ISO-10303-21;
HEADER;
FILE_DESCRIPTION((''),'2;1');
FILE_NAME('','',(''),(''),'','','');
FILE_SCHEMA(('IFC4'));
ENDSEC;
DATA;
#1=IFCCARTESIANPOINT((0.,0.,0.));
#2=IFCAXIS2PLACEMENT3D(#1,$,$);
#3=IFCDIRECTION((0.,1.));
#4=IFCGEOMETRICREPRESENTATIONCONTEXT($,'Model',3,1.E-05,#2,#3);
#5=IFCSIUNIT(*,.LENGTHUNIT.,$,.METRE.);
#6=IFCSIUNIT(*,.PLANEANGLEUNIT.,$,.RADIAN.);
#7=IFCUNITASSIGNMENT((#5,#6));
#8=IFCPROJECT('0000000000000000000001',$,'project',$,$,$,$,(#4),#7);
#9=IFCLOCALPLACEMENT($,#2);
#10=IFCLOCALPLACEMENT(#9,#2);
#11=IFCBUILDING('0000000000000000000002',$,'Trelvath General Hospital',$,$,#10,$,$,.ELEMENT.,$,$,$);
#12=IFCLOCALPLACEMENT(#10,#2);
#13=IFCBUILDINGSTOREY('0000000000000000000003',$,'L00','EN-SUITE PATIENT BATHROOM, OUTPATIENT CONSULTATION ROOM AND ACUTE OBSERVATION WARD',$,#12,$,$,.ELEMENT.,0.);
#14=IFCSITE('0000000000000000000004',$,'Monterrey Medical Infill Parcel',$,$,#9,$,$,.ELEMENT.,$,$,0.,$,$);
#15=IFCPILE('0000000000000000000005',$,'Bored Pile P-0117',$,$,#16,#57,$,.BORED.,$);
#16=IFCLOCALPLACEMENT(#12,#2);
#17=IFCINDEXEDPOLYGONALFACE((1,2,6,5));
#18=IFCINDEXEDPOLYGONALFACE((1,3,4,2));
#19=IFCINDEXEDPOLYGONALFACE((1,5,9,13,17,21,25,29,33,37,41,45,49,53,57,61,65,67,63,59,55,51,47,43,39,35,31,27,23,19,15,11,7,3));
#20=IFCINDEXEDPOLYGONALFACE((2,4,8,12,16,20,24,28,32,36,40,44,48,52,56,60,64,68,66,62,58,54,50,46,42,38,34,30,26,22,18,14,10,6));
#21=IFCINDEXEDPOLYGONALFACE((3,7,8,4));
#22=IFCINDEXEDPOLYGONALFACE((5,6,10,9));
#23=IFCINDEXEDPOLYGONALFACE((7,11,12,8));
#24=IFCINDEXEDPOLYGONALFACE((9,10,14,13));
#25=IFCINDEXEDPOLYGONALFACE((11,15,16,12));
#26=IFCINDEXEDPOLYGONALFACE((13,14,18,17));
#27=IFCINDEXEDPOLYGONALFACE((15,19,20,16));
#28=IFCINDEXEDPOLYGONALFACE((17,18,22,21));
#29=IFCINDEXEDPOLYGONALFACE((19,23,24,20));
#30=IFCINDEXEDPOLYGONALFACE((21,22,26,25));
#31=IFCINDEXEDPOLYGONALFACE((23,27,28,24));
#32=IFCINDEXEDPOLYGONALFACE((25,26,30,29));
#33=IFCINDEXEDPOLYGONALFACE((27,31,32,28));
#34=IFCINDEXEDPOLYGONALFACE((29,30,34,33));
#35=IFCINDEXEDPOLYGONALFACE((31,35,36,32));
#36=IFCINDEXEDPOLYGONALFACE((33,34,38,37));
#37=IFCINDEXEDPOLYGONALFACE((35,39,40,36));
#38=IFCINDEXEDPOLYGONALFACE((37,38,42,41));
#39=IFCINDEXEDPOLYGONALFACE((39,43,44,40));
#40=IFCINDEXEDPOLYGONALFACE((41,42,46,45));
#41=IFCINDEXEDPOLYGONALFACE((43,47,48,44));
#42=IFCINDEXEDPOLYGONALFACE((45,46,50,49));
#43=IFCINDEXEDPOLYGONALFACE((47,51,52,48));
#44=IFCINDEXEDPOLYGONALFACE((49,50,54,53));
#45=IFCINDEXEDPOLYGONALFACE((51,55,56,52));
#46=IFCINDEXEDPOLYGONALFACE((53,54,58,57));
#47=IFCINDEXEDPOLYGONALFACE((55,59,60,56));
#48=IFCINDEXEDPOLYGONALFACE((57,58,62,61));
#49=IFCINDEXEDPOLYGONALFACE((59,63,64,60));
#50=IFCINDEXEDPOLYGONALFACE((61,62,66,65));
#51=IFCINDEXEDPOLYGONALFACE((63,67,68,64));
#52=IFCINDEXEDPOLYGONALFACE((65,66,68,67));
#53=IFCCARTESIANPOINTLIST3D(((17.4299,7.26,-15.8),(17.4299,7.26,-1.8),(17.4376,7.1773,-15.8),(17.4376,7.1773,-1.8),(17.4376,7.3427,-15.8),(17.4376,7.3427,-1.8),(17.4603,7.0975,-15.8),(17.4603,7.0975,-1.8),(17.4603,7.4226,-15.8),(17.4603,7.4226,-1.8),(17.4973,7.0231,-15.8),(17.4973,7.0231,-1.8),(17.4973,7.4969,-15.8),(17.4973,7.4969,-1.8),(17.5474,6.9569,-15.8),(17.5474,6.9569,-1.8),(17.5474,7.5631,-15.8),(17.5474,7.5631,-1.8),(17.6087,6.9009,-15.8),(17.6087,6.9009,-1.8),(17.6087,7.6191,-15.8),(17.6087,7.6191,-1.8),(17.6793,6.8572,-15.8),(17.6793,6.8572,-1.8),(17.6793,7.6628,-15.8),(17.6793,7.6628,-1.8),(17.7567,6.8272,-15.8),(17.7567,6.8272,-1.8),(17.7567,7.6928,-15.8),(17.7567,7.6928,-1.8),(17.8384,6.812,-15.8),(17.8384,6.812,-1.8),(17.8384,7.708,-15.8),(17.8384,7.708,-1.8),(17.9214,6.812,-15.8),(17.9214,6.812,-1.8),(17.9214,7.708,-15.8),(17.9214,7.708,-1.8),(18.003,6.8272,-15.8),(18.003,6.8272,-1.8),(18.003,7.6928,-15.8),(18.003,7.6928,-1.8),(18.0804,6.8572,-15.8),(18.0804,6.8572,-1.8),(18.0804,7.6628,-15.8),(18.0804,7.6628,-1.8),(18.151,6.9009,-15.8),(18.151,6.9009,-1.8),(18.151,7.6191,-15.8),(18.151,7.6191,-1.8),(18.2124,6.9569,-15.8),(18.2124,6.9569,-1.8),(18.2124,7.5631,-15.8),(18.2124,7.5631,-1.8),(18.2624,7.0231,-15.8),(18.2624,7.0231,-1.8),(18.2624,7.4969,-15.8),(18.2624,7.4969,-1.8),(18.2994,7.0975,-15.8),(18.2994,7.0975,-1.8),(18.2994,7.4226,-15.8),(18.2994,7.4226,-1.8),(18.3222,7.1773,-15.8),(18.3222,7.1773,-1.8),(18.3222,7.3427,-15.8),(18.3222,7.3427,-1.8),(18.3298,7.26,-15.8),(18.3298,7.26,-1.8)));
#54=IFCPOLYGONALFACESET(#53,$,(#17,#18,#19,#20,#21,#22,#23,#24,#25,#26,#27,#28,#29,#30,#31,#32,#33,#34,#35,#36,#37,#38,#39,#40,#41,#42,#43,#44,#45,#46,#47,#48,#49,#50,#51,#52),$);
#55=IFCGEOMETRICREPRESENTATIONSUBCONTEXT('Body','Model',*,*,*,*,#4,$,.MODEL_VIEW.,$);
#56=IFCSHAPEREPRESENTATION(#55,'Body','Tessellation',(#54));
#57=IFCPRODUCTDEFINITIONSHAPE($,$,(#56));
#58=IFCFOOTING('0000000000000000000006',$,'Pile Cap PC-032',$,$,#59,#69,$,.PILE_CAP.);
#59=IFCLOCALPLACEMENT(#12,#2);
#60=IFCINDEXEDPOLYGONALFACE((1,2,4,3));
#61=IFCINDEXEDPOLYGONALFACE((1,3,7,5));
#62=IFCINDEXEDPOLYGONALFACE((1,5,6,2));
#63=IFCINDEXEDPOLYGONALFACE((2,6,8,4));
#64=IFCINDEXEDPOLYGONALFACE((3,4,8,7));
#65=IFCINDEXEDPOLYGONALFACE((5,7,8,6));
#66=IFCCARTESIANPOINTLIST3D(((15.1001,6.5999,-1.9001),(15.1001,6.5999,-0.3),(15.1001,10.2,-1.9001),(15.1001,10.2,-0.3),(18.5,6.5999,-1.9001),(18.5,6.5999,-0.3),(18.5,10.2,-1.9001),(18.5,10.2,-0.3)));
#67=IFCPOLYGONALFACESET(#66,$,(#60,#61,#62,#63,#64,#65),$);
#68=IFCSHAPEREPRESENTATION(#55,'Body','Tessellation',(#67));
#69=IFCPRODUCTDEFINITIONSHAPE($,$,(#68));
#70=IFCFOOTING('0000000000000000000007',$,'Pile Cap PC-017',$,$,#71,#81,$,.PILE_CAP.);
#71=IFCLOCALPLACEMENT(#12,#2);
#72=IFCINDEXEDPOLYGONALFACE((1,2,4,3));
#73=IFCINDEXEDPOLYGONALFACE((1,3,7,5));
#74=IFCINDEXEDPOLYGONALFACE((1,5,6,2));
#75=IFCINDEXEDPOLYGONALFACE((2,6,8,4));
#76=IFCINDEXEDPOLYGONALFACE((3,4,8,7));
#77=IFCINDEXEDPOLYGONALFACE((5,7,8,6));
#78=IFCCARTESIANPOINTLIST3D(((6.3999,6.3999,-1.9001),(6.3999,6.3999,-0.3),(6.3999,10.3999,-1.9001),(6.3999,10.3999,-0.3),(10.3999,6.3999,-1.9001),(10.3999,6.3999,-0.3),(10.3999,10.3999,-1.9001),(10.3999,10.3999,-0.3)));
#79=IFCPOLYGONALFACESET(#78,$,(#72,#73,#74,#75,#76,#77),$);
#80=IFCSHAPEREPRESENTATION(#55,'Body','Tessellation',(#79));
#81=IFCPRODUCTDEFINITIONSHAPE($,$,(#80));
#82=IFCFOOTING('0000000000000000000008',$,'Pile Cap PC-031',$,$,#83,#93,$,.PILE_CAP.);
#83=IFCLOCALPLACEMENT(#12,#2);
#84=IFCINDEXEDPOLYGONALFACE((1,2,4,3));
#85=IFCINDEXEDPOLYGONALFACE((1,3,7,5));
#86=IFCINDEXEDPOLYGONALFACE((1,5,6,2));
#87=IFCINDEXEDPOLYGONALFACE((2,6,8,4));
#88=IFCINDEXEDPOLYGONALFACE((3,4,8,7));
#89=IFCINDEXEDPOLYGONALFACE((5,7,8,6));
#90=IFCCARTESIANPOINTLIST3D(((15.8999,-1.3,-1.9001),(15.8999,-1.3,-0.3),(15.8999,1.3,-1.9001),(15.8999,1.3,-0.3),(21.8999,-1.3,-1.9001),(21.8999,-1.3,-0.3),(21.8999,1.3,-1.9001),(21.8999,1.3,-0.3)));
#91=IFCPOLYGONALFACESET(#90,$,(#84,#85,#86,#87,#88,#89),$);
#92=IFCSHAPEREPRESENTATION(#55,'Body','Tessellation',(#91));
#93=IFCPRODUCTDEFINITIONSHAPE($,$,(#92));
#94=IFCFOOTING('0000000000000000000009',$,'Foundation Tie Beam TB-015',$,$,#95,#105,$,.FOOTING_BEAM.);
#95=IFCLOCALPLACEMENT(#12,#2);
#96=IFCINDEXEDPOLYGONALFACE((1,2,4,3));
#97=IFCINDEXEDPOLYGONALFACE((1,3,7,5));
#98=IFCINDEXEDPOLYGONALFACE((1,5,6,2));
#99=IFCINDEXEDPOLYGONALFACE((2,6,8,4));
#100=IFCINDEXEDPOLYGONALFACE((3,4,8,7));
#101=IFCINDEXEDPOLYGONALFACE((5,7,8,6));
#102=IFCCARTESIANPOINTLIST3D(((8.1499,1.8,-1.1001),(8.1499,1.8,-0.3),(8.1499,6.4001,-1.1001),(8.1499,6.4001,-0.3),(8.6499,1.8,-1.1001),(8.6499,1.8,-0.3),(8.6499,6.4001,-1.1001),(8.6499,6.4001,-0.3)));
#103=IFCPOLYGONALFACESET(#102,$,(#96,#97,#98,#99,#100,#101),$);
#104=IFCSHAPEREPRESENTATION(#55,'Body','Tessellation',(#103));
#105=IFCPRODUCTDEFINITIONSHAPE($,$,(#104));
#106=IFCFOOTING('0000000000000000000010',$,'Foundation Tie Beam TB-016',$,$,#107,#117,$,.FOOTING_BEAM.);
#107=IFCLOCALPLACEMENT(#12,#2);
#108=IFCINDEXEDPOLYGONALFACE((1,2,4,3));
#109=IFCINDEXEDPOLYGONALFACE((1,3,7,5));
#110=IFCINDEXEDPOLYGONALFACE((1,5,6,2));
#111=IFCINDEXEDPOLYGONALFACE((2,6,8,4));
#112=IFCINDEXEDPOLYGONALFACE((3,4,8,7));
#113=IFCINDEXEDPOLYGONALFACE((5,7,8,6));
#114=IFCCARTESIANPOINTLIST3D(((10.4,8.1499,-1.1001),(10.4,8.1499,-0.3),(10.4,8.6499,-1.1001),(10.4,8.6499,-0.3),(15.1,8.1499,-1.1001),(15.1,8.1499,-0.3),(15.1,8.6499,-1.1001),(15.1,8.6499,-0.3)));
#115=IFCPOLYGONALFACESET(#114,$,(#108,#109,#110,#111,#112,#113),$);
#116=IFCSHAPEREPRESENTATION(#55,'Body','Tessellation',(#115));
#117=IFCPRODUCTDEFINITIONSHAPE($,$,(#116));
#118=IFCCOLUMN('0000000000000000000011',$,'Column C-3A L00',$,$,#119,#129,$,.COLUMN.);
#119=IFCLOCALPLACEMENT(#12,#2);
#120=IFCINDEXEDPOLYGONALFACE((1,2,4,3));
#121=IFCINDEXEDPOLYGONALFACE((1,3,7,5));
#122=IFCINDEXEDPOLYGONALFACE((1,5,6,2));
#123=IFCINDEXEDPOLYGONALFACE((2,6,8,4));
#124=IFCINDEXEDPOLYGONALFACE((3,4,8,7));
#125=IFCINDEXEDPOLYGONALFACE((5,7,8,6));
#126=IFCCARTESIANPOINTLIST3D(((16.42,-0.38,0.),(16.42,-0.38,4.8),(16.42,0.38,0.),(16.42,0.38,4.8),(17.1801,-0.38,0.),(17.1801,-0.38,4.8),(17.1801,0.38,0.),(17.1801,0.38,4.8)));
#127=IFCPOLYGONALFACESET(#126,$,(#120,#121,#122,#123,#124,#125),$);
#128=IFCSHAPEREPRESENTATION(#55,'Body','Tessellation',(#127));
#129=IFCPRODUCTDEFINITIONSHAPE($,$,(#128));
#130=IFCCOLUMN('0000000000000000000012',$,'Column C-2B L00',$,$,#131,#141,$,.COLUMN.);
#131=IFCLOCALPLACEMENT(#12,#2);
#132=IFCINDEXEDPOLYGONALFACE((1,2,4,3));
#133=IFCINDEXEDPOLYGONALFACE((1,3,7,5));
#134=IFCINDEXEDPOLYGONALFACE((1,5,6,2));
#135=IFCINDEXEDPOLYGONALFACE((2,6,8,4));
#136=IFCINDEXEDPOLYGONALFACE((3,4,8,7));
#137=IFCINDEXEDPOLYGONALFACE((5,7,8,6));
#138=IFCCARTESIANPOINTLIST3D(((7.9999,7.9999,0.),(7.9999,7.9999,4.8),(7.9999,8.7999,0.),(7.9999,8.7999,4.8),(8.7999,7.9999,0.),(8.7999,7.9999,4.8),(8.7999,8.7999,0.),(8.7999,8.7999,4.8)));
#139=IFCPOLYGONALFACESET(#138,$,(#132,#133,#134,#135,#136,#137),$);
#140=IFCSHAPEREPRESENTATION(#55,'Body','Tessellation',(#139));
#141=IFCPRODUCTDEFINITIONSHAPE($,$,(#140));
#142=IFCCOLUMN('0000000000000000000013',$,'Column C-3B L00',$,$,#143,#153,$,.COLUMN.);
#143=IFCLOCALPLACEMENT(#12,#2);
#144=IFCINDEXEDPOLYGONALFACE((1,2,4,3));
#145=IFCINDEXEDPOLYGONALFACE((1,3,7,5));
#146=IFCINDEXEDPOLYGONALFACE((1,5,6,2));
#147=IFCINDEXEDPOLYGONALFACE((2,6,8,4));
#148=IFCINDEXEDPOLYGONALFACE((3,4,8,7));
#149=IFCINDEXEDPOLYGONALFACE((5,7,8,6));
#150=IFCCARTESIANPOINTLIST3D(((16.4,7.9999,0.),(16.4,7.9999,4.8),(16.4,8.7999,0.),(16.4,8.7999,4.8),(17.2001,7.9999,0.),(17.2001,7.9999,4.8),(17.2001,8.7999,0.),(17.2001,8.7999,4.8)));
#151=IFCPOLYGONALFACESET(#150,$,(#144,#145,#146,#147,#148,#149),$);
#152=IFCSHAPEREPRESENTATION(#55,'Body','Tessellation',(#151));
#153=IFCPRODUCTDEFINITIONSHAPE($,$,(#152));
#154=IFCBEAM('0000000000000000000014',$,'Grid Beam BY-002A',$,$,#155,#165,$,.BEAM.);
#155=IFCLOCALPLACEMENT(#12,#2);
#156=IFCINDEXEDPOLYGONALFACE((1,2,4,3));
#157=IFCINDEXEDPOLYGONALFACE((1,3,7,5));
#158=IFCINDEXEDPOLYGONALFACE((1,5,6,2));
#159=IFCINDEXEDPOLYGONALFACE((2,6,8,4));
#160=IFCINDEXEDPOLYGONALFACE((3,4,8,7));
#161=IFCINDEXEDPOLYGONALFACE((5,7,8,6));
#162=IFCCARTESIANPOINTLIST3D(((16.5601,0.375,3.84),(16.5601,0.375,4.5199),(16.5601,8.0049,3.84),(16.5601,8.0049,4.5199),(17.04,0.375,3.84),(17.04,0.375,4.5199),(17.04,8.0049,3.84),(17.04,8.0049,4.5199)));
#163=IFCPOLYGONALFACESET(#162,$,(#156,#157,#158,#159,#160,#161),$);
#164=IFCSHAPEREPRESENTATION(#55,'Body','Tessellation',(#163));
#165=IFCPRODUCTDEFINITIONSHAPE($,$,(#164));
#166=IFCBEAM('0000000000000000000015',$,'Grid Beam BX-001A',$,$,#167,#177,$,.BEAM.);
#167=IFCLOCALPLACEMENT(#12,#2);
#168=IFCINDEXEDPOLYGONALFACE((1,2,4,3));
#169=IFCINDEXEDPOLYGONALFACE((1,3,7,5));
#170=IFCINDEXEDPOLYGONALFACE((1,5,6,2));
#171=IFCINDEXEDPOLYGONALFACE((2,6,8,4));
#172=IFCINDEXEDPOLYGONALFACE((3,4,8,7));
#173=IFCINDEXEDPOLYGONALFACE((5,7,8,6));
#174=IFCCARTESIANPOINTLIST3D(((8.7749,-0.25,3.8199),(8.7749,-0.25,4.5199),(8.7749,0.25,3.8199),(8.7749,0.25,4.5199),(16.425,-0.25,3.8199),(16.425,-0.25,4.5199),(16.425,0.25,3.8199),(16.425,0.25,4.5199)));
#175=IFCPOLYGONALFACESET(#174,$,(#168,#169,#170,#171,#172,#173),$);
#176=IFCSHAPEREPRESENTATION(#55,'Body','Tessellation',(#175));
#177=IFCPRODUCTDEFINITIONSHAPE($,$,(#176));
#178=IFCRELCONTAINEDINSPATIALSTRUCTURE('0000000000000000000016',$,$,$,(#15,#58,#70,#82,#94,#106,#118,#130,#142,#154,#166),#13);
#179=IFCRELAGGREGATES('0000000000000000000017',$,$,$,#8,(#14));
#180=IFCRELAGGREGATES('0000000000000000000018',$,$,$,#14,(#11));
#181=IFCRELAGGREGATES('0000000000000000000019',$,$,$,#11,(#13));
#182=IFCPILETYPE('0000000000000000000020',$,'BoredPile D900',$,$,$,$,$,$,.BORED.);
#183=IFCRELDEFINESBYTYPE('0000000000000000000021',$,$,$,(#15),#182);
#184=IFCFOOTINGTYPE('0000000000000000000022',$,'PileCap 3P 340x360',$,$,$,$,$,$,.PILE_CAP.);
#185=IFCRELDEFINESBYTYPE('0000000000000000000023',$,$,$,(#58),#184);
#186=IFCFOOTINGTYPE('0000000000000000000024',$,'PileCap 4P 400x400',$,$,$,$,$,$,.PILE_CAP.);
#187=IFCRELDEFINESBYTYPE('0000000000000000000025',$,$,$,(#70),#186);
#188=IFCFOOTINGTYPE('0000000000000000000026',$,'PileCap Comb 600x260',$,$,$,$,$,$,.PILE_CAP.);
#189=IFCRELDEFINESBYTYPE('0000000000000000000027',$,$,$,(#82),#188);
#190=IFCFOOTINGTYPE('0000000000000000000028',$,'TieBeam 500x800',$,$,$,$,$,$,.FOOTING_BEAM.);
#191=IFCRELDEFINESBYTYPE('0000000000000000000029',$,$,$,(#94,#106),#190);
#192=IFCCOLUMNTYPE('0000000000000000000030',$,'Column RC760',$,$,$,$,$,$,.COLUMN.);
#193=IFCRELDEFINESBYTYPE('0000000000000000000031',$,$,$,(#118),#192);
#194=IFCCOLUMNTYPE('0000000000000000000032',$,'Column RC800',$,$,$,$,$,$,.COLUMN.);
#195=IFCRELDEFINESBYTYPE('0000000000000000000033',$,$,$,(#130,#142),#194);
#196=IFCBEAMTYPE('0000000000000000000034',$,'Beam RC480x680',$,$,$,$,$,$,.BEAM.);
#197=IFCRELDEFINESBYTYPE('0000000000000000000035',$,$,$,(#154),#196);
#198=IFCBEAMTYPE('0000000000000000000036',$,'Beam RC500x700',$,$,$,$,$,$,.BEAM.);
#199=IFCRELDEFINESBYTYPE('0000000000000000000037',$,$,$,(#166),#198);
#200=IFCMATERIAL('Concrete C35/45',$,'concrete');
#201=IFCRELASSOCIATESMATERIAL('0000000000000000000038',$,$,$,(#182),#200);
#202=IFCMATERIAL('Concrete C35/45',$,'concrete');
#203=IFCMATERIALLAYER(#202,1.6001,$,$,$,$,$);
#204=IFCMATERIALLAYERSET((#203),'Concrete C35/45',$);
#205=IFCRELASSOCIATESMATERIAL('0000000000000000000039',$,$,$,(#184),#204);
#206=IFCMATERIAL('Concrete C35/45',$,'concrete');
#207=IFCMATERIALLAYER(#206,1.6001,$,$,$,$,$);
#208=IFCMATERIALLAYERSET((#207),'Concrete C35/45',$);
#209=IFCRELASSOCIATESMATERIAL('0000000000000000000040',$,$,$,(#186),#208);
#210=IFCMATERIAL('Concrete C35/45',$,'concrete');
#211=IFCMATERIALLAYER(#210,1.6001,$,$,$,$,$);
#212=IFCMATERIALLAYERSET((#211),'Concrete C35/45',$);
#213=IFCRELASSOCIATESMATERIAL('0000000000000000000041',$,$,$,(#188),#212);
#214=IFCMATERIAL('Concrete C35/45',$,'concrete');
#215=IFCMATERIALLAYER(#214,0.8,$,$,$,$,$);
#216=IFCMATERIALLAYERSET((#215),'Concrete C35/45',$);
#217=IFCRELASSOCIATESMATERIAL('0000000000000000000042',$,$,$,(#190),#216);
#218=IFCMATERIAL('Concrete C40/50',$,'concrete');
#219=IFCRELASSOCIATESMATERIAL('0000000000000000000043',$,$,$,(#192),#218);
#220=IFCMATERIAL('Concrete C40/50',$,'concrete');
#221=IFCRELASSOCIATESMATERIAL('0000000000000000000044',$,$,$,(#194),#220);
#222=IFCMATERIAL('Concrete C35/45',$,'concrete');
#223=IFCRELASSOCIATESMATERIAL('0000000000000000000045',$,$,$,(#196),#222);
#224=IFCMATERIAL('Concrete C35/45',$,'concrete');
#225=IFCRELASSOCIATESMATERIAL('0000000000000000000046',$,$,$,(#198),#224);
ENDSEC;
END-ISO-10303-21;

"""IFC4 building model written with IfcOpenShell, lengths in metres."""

from ifc_helpers import new_model, si_unit, direction, frame, origin, origin_2d, place, context, subcontext, project, spatial, rectangle, circle, extrude, material, layer, layer_set, material_profile, profile_set, type_object, element, save


model = new_model("IFC4")

# Units and contexts
model_context = context("Model", 3, precision=1e-05, world=origin(), true_north=direction((0.0, 1.0)))
body_context = subcontext(model_context, "Body", "Model", "MODEL_VIEW")
ifc_project = project(units=[si_unit("LENGTHUNIT", "METRE"), si_unit("PLANEANGLEUNIT", "RADIAN")], contexts=[model_context])

# Site, building, storey
site_placement = place(None, origin())
site = spatial("IfcSite", under=ifc_project, at=site_placement, Name="Monterrey Medical Infill Parcel", CompositionType="ELEMENT", RefElevation=0.0)
building_placement = place(site_placement, origin())
building = spatial("IfcBuilding", under=site, at=building_placement, Name="Trelvath General Hospital", CompositionType="ELEMENT")
storey_placement = place(building_placement, origin())
storey = spatial("IfcBuildingStorey", under=building, at=storey_placement, Name="L00", Description="EN-SUITE PATIENT BATHROOM, OUTPATIENT CONSULTATION ROOM AND ACUTE OBSERVATION WARD", CompositionType="ELEMENT", Elevation=0.0)

# Pile
ifc_material_1 = material(Name="Concrete C35/45", Category="concrete")
ifc_material_profile_1 = material_profile(ifc_material_1, circle(Radius=0.45, at=origin_2d()), Name="PILE900")
ifc_profile_set_1 = profile_set([ifc_material_profile_1], Name="Concrete C35/45")
pile_type_1 = type_object("IfcPileType", Name="BoredPile D900", PredefinedType="BORED", material=ifc_profile_set_1)
for number, where, z_axis, x_axis, name in (
    (1, (17.8799, 7.26, -1.8), (0.0, 0.0, -1.0), (1.0, 0.0, 0.0), "Bored Pile P-0117"),
):
    element("IfcPile", number, at=place(storey_placement, frame(where, z_axis=z_axis, x_axis=x_axis)), inside=storey, type_object=pile_type_1, Name=name, PredefinedType="BORED", context=body_context, shape_type="SweptSolid", body=[
        extrude(circle(Radius=0.45, at=origin_2d()), origin(), (0.0, 0.0, 1.0), 14.0),
    ])

# Footings
ifc_material_2 = material(Name="Concrete C35/45", Category="concrete")
ifc_layer_1 = layer(ifc_material_2, 1.6001)
ifc_layer_set_1 = layer_set([ifc_layer_1], Name="Concrete C35/45")
footing_type_1 = type_object("IfcFootingType", Name="PileCap 3P 340x360", PredefinedType="PILE_CAP", material=ifc_layer_set_1)
footing_1_placement = place(storey_placement, frame((16.8, 8.3999, -1.9001), z_axis=(0.0, 0.0, 1.0), x_axis=(1.0, 0.0, 0.0)))
element("IfcFooting", 2, at=footing_1_placement, inside=storey, type_object=footing_type_1, Name="Pile Cap PC-032", PredefinedType="PILE_CAP", context=body_context, shape_type="SweptSolid", body=[
    extrude(rectangle(XDim=3.3999, YDim=3.6001, at=origin_2d()), origin(), (0.0, 0.0, 1.0), 1.6001),
])
ifc_material_3 = material(Name="Concrete C35/45", Category="concrete")
ifc_layer_2 = layer(ifc_material_3, 1.6001)
ifc_layer_set_2 = layer_set([ifc_layer_2], Name="Concrete C35/45")
footing_type_2 = type_object("IfcFootingType", Name="PileCap 4P 400x400", PredefinedType="PILE_CAP", material=ifc_layer_set_2)
footing_2_placement = place(storey_placement, frame((8.3999, 8.3999, -1.9001), z_axis=(0.0, 0.0, 1.0), x_axis=(1.0, 0.0, 0.0)))
element("IfcFooting", 3, at=footing_2_placement, inside=storey, type_object=footing_type_2, Name="Pile Cap PC-017", PredefinedType="PILE_CAP", context=body_context, shape_type="SweptSolid", body=[
    extrude(rectangle(XDim=4.0, YDim=4.0, at=origin_2d()), origin(), (0.0, 0.0, 1.0), 1.6001),
])
ifc_material_4 = material(Name="Concrete C35/45", Category="concrete")
ifc_layer_3 = layer(ifc_material_4, 1.6001)
ifc_layer_set_3 = layer_set([ifc_layer_3], Name="Concrete C35/45")
footing_type_3 = type_object("IfcFootingType", Name="PileCap Comb 600x260", PredefinedType="PILE_CAP", material=ifc_layer_set_3)
footing_3_placement = place(storey_placement, frame((18.8999, 0.0, -1.9001), z_axis=(0.0, 0.0, 1.0), x_axis=(1.0, 0.0, 0.0)))
element("IfcFooting", 4, at=footing_3_placement, inside=storey, type_object=footing_type_3, Name="Pile Cap PC-031", PredefinedType="PILE_CAP", context=body_context, shape_type="SweptSolid", body=[
    extrude(rectangle(XDim=6.0, YDim=2.6001, at=origin_2d()), origin(), (0.0, 0.0, 1.0), 1.6001),
])
ifc_material_5 = material(Name="Concrete C35/45", Category="concrete")
ifc_layer_4 = layer(ifc_material_5, 0.8)
ifc_layer_set_4 = layer_set([ifc_layer_4], Name="Concrete C35/45")
footing_type_4 = type_object("IfcFootingType", Name="TieBeam 500x800", PredefinedType="FOOTING_BEAM", material=ifc_layer_set_4)
footing_4_placement = place(storey_placement, frame((8.3999, 4.1001, -1.1001), z_axis=(0.0, 0.0, 1.0), x_axis=(1.0, 0.0, 0.0)))
element("IfcFooting", 5, at=footing_4_placement, inside=storey, type_object=footing_type_4, Name="Foundation Tie Beam TB-015", PredefinedType="FOOTING_BEAM", context=body_context, shape_type="SweptSolid", body=[
    extrude(rectangle(XDim=0.5, YDim=4.6001, at=origin_2d()), origin(), (0.0, 0.0, 1.0), 0.8),
])
footing_5_placement = place(storey_placement, frame((12.75, 8.3999, -1.1001), z_axis=(0.0, 0.0, 1.0), x_axis=(1.0, 0.0, 0.0)))
element("IfcFooting", 6, at=footing_5_placement, inside=storey, type_object=footing_type_4, Name="Foundation Tie Beam TB-016", PredefinedType="FOOTING_BEAM", context=body_context, shape_type="SweptSolid", body=[
    extrude(rectangle(XDim=4.7, YDim=0.5, at=origin_2d()), origin(), (0.0, 0.0, 1.0), 0.8),
])

# Columns
ifc_material_6 = material(Name="Concrete C40/50", Category="concrete")
ifc_material_profile_2 = material_profile(ifc_material_6, rectangle(XDim=0.76, YDim=0.76, at=origin_2d()), Name="RC760x760")
ifc_profile_set_2 = profile_set([ifc_material_profile_2], Name="Concrete C40/50")
column_type_1 = type_object("IfcColumnType", Name="Column RC760", PredefinedType="COLUMN", material=ifc_profile_set_2)
column_placement = place(storey_placement, frame((16.8, 0.0, 0.0), z_axis=(0.0, 0.0, 1.0), x_axis=(1.0, 0.0, 0.0)))
element("IfcColumn", 7, at=column_placement, inside=storey, type_object=column_type_1, Name="Column C-3A L00", PredefinedType="COLUMN", context=body_context, shape_type="SweptSolid", body=[
    extrude(rectangle(XDim=0.76, YDim=0.76, at=origin_2d()), origin(), (0.0, 0.0, 1.0), 4.8),
])
ifc_material_7 = material(Name="Concrete C40/50", Category="concrete")
ifc_material_profile_3 = material_profile(ifc_material_7, rectangle(XDim=0.8, YDim=0.8, at=origin_2d()), Name="RC800x800")
ifc_profile_set_3 = profile_set([ifc_material_profile_3], Name="Concrete C40/50")
column_type_2 = type_object("IfcColumnType", Name="Column RC800", PredefinedType="COLUMN", material=ifc_profile_set_3)
for number, where, z_axis, x_axis, name in (
    (8, (8.3999, 8.3999, 0.0), (0.0, 0.0, 1.0), (1.0, 0.0, 0.0), "Column C-2B L00"),
    (9, (16.8, 8.3999, 0.0), (0.0, 0.0, 1.0), (1.0, 0.0, 0.0), "Column C-3B L00"),
):
    element("IfcColumn", number, at=place(storey_placement, frame(where, z_axis=z_axis, x_axis=x_axis)), inside=storey, type_object=column_type_2, Name=name, PredefinedType="COLUMN", context=body_context, shape_type="SweptSolid", body=[
        extrude(rectangle(XDim=0.8, YDim=0.8, at=origin_2d()), origin(), (0.0, 0.0, 1.0), 4.8),
    ])

# Beams
ifc_material_8 = material(Name="Concrete C35/45", Category="concrete")
ifc_material_profile_4 = material_profile(ifc_material_8, rectangle(XDim=0.48, YDim=0.6799, at=origin_2d()), Name="RCB480x680")
ifc_profile_set_4 = profile_set([ifc_material_profile_4], Name="Concrete C35/45")
beam_type_1 = type_object("IfcBeamType", Name="Beam RC480x680", PredefinedType="BEAM", material=ifc_profile_set_4)
beam_1_placement = place(storey_placement, frame((16.8, 0.375, 4.1799), z_axis=(0.0, 1.0, 0.0), x_axis=(-1.0, 0.0, 0.0)))
element("IfcBeam", 10, at=beam_1_placement, inside=storey, type_object=beam_type_1, Name="Grid Beam BY-002A", PredefinedType="BEAM", context=body_context, shape_type="SweptSolid", body=[
    extrude(rectangle(XDim=0.48, YDim=0.6799, at=origin_2d()), origin(), (0.0, 0.0, 1.0), 7.6299),
])
ifc_material_9 = material(Name="Concrete C35/45", Category="concrete")
ifc_material_profile_5 = material_profile(ifc_material_9, rectangle(XDim=0.5, YDim=0.7, at=origin_2d()), Name="RCB500x700")
ifc_profile_set_5 = profile_set([ifc_material_profile_5], Name="Concrete C35/45")
beam_type_2 = type_object("IfcBeamType", Name="Beam RC500x700", PredefinedType="BEAM", material=ifc_profile_set_5)
beam_2_placement = place(storey_placement, frame((8.7749, 0.0, 4.1699), z_axis=(1.0, 0.0, 0.0), x_axis=(0.0, 1.0, 0.0)))
element("IfcBeam", 11, at=beam_2_placement, inside=storey, type_object=beam_type_2, Name="Grid Beam BX-001A", PredefinedType="BEAM", context=body_context, shape_type="SweptSolid", body=[
    extrude(rectangle(XDim=0.5, YDim=0.7, at=origin_2d()), origin(), (0.0, 0.0, 1.0), 7.6501),
])

save(model, "model.ifc")
